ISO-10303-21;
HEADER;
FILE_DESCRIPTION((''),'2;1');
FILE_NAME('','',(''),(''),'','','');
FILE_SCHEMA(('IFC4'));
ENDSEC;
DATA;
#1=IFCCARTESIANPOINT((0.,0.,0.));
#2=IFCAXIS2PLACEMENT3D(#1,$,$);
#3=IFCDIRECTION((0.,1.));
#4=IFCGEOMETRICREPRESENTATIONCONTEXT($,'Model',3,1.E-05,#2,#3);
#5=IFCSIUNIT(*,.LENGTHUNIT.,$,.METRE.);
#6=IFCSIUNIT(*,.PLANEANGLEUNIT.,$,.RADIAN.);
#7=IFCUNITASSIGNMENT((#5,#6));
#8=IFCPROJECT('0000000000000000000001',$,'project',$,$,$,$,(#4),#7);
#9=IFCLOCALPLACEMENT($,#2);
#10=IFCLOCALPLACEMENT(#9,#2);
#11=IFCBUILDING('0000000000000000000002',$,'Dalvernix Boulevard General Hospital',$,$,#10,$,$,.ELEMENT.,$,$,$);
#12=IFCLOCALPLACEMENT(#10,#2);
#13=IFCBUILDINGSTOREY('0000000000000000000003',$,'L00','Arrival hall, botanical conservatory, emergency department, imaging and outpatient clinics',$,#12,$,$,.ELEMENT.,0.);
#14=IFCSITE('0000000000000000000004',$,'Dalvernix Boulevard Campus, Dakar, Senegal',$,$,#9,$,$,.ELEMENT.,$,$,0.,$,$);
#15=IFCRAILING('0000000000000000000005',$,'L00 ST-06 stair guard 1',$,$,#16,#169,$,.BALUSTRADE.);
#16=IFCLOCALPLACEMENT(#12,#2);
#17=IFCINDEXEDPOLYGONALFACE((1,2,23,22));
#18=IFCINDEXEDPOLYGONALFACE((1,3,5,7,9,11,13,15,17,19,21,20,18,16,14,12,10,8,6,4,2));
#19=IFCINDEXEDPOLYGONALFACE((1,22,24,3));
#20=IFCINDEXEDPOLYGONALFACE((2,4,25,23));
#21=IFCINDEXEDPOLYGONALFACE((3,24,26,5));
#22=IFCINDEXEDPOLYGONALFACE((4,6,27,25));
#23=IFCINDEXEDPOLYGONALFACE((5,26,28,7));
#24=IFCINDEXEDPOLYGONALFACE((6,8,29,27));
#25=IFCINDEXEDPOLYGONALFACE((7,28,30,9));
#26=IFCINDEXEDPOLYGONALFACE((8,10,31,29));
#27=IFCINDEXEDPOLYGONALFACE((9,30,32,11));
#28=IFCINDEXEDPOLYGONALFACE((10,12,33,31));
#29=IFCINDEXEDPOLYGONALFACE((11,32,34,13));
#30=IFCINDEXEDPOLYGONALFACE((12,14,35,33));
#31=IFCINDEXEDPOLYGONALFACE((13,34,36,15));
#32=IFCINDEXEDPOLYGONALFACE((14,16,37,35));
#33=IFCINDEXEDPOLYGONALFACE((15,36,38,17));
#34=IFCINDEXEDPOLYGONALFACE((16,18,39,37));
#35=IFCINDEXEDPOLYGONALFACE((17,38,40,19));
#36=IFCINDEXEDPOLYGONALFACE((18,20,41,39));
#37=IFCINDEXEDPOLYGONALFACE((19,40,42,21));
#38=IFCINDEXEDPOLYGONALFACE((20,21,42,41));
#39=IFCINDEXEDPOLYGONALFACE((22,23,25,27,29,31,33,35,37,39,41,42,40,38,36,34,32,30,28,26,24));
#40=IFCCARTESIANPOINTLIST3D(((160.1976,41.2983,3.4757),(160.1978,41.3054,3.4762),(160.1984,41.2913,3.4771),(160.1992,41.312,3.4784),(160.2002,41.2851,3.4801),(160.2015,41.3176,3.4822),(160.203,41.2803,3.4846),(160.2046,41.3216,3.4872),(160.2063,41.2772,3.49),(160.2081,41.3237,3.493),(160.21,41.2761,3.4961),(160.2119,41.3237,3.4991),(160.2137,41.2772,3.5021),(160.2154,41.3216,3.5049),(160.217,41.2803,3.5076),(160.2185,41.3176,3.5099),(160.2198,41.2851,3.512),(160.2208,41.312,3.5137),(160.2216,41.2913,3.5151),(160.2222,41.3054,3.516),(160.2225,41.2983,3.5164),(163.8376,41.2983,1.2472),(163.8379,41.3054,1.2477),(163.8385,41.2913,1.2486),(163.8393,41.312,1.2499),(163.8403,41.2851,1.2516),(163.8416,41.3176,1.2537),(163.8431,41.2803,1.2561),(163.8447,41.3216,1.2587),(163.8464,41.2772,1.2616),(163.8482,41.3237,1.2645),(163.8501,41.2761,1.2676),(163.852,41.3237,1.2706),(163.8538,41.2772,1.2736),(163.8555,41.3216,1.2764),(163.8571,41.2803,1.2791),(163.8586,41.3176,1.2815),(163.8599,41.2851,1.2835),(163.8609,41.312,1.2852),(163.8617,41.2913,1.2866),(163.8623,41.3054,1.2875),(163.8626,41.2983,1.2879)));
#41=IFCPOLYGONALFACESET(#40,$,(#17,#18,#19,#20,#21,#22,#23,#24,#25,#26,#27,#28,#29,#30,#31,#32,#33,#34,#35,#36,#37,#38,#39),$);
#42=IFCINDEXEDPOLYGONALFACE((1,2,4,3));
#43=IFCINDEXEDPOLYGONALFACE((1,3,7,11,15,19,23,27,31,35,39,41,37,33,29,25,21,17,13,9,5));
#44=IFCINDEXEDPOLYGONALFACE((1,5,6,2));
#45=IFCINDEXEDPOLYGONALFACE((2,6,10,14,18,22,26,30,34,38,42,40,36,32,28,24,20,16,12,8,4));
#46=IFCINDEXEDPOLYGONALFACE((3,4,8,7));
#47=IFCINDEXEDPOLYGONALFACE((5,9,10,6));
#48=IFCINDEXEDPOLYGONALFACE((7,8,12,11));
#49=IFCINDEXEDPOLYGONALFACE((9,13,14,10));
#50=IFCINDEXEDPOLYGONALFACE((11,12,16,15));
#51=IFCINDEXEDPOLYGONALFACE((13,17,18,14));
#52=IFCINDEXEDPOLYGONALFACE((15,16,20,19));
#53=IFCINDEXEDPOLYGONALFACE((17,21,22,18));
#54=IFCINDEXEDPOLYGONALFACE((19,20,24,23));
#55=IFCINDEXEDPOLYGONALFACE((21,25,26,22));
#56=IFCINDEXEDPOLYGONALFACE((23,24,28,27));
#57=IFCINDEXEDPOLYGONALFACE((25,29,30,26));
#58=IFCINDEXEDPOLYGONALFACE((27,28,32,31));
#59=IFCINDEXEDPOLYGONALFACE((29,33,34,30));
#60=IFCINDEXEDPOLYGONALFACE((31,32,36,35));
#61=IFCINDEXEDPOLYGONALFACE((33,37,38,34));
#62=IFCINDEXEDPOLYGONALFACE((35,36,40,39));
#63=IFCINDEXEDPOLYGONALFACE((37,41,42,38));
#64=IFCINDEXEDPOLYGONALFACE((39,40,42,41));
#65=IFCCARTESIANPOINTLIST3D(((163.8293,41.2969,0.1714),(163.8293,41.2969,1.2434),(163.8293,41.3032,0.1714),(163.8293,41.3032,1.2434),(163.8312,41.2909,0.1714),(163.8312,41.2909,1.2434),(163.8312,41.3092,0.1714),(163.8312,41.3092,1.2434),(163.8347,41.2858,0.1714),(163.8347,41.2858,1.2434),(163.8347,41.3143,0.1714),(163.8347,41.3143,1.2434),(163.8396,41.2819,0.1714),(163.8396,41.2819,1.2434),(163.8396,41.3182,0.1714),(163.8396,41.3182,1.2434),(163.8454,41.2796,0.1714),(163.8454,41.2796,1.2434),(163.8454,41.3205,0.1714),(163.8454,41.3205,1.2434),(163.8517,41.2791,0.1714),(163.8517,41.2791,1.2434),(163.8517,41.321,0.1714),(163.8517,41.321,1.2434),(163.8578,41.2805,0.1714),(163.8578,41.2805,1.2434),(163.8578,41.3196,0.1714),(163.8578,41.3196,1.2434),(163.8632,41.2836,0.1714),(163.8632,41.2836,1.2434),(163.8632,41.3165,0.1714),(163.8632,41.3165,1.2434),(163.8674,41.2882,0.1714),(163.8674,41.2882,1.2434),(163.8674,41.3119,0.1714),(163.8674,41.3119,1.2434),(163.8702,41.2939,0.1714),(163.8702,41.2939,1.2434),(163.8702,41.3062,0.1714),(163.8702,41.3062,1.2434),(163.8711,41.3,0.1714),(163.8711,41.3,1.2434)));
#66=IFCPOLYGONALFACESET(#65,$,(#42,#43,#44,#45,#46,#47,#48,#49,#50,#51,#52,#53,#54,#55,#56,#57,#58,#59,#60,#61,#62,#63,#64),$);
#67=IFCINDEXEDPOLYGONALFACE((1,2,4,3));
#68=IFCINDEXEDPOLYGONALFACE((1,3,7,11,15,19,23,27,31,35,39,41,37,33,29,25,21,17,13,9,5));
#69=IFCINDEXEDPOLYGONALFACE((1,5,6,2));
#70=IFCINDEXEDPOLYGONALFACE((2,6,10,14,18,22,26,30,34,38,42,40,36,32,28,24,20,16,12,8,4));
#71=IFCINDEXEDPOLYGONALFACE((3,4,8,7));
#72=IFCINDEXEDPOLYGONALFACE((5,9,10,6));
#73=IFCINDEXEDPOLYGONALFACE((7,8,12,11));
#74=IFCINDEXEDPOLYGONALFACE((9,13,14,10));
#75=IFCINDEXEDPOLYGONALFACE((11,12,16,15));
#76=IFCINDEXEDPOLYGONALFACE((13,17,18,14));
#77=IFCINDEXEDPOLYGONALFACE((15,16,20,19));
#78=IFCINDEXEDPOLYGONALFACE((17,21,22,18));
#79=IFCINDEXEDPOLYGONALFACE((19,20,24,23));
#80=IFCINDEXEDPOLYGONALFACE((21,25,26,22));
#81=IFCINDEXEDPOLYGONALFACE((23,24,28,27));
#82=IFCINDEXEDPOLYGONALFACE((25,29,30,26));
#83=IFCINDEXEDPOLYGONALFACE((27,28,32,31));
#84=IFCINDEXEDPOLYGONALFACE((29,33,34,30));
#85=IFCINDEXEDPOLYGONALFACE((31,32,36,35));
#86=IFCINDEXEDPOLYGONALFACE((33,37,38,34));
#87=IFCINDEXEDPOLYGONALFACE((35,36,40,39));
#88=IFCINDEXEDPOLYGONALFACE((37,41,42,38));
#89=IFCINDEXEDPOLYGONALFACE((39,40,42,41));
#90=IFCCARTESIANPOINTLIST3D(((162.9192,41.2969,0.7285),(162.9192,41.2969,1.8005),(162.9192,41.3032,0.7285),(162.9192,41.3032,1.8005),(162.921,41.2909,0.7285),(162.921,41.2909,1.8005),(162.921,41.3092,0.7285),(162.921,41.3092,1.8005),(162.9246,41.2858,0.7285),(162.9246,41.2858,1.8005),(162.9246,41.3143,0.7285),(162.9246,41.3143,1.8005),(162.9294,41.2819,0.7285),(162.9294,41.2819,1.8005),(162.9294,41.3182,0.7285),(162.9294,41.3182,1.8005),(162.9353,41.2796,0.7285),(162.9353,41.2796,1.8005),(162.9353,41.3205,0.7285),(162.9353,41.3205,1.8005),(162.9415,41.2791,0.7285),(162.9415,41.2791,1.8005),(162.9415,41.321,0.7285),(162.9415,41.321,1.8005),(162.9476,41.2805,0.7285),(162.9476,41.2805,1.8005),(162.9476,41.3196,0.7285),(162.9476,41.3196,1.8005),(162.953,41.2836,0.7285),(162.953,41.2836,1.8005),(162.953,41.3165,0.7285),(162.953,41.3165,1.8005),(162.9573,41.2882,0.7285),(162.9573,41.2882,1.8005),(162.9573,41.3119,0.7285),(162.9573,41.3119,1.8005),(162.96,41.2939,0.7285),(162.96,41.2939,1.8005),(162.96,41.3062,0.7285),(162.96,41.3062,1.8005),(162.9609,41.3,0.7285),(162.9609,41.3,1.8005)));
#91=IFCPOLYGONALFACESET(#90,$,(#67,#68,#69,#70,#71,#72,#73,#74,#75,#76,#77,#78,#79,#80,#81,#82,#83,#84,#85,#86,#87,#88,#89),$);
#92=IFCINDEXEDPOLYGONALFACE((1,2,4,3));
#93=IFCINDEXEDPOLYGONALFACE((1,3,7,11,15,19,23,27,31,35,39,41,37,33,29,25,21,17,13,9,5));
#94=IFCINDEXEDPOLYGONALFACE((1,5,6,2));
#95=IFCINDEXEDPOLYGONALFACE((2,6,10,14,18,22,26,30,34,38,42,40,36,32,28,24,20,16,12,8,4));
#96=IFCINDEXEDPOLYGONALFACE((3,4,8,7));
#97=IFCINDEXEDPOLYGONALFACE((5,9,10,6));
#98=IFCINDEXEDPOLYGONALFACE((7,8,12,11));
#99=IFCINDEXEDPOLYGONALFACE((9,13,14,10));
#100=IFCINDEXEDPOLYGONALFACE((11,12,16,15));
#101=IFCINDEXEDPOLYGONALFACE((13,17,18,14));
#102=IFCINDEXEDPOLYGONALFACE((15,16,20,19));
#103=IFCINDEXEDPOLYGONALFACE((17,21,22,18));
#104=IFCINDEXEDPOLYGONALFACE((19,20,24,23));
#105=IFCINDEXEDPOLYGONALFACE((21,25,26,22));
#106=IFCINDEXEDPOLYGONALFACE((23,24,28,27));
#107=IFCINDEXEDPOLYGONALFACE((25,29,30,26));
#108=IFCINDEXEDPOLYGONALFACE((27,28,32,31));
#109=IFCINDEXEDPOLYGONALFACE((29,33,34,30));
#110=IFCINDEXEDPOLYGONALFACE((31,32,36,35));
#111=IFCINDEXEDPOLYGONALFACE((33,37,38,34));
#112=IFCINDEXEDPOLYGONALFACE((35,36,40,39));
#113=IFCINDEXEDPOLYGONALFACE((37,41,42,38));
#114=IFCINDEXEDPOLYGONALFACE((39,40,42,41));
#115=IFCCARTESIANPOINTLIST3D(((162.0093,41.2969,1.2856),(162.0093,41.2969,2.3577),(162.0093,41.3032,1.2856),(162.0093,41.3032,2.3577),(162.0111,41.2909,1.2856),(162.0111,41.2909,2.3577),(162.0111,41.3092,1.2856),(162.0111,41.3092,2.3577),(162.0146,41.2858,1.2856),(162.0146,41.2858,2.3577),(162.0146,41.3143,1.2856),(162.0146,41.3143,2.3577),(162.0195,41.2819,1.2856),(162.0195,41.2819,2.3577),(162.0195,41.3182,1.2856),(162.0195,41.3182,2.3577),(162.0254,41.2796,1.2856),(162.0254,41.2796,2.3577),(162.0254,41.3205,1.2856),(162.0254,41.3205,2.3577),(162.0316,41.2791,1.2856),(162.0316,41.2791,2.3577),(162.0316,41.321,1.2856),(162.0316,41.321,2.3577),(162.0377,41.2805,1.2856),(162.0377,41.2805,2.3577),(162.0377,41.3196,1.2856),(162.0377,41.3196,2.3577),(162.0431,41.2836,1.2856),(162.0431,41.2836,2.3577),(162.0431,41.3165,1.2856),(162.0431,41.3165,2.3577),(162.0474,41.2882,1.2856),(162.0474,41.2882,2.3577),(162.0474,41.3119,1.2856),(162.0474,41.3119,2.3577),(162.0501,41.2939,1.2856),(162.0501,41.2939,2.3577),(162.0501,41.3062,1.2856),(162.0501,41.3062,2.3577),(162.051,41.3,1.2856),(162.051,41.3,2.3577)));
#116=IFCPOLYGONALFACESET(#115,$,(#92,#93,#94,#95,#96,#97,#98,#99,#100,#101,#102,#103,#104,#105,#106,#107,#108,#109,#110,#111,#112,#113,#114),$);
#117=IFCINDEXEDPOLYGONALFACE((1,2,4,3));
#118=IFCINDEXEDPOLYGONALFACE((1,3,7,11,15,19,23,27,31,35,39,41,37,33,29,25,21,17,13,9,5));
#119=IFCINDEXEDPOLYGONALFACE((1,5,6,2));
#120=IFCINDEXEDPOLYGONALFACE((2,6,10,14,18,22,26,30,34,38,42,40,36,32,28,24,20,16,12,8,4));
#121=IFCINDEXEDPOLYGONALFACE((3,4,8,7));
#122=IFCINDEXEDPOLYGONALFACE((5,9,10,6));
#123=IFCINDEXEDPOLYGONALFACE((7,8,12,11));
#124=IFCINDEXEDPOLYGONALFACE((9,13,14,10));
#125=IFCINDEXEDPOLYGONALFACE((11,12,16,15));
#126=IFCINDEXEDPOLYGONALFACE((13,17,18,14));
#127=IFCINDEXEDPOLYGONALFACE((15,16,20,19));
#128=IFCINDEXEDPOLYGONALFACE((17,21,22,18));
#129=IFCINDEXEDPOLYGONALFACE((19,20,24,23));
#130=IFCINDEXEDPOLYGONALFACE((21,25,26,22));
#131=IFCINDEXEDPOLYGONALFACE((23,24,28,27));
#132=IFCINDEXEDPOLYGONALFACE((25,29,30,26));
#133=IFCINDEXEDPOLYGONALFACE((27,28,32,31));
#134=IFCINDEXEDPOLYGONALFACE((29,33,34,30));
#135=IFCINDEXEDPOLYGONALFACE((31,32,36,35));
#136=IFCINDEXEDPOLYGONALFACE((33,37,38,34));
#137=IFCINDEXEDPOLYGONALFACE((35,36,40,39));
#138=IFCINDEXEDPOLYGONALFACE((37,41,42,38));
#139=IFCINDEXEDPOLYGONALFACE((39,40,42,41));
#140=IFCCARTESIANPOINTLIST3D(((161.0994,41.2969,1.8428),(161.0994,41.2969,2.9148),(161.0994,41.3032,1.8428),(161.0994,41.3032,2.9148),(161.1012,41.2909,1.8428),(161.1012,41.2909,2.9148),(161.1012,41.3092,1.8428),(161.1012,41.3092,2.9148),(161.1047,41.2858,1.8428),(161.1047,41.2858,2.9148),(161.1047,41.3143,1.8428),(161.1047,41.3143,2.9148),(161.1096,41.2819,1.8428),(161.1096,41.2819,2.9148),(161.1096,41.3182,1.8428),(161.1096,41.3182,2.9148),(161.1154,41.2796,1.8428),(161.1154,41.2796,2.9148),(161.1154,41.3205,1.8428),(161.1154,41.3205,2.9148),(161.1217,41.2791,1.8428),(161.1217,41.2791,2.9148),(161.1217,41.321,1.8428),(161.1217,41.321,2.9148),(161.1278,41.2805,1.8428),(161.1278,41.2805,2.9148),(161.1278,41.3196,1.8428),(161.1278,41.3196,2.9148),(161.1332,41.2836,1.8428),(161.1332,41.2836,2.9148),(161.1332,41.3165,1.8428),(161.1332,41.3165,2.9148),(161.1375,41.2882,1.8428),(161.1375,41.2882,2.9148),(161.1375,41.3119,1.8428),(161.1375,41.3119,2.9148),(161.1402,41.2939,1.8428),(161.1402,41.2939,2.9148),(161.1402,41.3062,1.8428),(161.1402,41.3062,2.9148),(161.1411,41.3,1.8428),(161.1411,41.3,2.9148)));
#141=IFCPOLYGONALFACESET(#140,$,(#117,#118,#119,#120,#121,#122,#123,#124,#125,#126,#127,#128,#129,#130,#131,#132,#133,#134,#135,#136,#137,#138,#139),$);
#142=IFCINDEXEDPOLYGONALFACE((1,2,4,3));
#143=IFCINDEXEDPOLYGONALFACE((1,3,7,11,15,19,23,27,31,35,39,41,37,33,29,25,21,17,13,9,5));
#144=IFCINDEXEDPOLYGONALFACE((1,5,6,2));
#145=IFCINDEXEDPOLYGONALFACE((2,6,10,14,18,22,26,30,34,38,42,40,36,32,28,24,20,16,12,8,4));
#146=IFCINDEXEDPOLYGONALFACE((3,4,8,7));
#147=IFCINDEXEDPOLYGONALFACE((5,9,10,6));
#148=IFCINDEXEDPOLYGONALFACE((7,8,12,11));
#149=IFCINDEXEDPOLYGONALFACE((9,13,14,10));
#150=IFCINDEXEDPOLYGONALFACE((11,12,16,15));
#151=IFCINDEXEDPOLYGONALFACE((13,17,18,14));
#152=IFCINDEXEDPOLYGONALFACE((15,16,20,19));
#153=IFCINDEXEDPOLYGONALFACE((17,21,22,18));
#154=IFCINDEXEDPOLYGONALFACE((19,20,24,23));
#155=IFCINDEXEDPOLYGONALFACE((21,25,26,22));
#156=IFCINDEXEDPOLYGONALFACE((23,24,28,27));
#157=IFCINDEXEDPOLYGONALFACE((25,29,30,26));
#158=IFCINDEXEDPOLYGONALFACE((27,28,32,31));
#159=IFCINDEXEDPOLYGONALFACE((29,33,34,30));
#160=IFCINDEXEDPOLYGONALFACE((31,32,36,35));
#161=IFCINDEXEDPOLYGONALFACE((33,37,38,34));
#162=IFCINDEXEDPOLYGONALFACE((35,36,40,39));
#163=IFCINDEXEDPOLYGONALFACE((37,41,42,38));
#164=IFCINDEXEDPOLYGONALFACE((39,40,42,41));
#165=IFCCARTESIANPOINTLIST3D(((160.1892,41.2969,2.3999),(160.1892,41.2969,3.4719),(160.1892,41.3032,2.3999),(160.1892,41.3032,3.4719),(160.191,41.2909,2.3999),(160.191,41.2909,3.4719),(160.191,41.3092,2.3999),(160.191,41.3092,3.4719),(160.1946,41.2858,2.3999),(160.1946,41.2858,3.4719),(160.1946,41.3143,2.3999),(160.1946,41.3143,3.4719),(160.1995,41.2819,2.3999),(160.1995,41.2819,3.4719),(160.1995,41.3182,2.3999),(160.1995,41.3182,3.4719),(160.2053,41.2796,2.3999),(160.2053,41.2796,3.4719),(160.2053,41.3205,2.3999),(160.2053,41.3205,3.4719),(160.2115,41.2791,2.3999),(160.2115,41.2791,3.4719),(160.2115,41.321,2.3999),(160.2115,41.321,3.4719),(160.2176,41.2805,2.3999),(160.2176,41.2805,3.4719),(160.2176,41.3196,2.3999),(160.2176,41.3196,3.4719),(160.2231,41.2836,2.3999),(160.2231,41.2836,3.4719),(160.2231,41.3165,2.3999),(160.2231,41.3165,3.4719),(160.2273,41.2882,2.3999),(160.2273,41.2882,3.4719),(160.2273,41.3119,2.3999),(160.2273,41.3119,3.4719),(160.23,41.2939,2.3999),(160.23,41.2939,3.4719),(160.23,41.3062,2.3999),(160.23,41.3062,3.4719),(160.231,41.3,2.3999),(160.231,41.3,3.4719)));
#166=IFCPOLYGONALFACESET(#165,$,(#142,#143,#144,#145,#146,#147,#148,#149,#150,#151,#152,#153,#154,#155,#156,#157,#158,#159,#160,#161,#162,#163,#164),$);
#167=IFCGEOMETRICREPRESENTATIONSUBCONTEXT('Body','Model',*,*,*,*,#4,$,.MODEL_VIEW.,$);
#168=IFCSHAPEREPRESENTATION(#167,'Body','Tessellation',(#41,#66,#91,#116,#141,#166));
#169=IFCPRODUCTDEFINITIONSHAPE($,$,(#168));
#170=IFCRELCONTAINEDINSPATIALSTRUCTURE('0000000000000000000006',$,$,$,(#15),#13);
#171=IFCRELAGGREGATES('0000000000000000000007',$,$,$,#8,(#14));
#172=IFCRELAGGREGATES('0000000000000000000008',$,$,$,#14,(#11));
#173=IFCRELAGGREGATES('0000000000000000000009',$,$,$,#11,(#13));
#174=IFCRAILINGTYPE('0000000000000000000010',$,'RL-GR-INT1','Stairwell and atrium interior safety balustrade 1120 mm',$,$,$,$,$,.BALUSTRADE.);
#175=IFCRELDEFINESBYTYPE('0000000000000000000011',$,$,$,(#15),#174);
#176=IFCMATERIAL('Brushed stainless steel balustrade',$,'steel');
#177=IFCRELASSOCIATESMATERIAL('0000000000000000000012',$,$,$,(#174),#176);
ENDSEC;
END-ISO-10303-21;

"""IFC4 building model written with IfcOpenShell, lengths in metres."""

from ifc_helpers import new_model, si_unit, direction, frame, origin, origin_2d, place, context, subcontext, project, spatial, circle, extrude, material, type_object, element, save


model = new_model("IFC4")

# Units and contexts
model_context = context("Model", 3, precision=1e-05, world=origin(), true_north=direction((0.0, 1.0)))
body_context = subcontext(model_context, "Body", "Model", "MODEL_VIEW")
ifc_project = project(units=[si_unit("LENGTHUNIT", "METRE"), si_unit("PLANEANGLEUNIT", "RADIAN")], contexts=[model_context])

# Site, building, storey
site_placement = place(None, origin())
site = spatial("IfcSite", under=ifc_project, at=site_placement, Name="Dalvernix Boulevard Campus, Dakar, Senegal", CompositionType="ELEMENT", RefElevation=0.0)
building_placement = place(site_placement, origin())
building = spatial("IfcBuilding", under=site, at=building_placement, Name="Dalvernix Boulevard General Hospital", CompositionType="ELEMENT")
storey_placement = place(building_placement, origin())
storey = spatial("IfcBuildingStorey", under=building, at=storey_placement, Name="L00", Description="Arrival hall, botanical conservatory, emergency department, imaging and outpatient clinics", CompositionType="ELEMENT", Elevation=0.0)

# Railing
ifc_material_1 = material(Name="Brushed stainless steel balustrade", Category="steel")
railing_type_1 = type_object("IfcRailingType", Name="RL-GR-INT1", Description="Stairwell and atrium interior safety balustrade 1120 mm", PredefinedType="BALUSTRADE", material=ifc_material_1)
railing_1_placement = place(storey_placement, frame((163.8501, 41.3, 0.1714)))
element("IfcRailing", 1, at=railing_1_placement, inside=storey, type_object=railing_type_1, Name="L00 ST-06 stair guard 1", PredefinedType="BALUSTRADE", context=body_context, shape_type="SweptSolid", body=[
    extrude(circle(Radius=0.0239, at=origin_2d()), frame((0.0, 0.0, 1.0962), z_axis=(-0.852866, 0.0, 0.52213), x_axis=(0.0, -1.0, 0.0)), (0.0, 0.0, 1.0), 4.2681),
    extrude(circle(Radius=0.021, at=origin_2d()), origin(), (0.0, 0.0, 1.0), 1.072),
    extrude(circle(Radius=0.021, at=origin_2d()), frame((-0.9102, 0.0, 0.5571)), (0.0, 0.0, 1.0), 1.072),
    extrude(circle(Radius=0.021, at=origin_2d()), frame((-1.8201, 0.0, 1.1143)), (0.0, 0.0, 1.0), 1.072),
    extrude(circle(Radius=0.021, at=origin_2d()), frame((-2.73, 0.0, 1.6714)), (0.0, 0.0, 1.0), 1.072),
    extrude(circle(Radius=0.021, at=origin_2d()), frame((-3.6401, 0.0, 2.2285)), (0.0, 0.0, 1.0), 1.072),
])

save(model, "model.ifc")
